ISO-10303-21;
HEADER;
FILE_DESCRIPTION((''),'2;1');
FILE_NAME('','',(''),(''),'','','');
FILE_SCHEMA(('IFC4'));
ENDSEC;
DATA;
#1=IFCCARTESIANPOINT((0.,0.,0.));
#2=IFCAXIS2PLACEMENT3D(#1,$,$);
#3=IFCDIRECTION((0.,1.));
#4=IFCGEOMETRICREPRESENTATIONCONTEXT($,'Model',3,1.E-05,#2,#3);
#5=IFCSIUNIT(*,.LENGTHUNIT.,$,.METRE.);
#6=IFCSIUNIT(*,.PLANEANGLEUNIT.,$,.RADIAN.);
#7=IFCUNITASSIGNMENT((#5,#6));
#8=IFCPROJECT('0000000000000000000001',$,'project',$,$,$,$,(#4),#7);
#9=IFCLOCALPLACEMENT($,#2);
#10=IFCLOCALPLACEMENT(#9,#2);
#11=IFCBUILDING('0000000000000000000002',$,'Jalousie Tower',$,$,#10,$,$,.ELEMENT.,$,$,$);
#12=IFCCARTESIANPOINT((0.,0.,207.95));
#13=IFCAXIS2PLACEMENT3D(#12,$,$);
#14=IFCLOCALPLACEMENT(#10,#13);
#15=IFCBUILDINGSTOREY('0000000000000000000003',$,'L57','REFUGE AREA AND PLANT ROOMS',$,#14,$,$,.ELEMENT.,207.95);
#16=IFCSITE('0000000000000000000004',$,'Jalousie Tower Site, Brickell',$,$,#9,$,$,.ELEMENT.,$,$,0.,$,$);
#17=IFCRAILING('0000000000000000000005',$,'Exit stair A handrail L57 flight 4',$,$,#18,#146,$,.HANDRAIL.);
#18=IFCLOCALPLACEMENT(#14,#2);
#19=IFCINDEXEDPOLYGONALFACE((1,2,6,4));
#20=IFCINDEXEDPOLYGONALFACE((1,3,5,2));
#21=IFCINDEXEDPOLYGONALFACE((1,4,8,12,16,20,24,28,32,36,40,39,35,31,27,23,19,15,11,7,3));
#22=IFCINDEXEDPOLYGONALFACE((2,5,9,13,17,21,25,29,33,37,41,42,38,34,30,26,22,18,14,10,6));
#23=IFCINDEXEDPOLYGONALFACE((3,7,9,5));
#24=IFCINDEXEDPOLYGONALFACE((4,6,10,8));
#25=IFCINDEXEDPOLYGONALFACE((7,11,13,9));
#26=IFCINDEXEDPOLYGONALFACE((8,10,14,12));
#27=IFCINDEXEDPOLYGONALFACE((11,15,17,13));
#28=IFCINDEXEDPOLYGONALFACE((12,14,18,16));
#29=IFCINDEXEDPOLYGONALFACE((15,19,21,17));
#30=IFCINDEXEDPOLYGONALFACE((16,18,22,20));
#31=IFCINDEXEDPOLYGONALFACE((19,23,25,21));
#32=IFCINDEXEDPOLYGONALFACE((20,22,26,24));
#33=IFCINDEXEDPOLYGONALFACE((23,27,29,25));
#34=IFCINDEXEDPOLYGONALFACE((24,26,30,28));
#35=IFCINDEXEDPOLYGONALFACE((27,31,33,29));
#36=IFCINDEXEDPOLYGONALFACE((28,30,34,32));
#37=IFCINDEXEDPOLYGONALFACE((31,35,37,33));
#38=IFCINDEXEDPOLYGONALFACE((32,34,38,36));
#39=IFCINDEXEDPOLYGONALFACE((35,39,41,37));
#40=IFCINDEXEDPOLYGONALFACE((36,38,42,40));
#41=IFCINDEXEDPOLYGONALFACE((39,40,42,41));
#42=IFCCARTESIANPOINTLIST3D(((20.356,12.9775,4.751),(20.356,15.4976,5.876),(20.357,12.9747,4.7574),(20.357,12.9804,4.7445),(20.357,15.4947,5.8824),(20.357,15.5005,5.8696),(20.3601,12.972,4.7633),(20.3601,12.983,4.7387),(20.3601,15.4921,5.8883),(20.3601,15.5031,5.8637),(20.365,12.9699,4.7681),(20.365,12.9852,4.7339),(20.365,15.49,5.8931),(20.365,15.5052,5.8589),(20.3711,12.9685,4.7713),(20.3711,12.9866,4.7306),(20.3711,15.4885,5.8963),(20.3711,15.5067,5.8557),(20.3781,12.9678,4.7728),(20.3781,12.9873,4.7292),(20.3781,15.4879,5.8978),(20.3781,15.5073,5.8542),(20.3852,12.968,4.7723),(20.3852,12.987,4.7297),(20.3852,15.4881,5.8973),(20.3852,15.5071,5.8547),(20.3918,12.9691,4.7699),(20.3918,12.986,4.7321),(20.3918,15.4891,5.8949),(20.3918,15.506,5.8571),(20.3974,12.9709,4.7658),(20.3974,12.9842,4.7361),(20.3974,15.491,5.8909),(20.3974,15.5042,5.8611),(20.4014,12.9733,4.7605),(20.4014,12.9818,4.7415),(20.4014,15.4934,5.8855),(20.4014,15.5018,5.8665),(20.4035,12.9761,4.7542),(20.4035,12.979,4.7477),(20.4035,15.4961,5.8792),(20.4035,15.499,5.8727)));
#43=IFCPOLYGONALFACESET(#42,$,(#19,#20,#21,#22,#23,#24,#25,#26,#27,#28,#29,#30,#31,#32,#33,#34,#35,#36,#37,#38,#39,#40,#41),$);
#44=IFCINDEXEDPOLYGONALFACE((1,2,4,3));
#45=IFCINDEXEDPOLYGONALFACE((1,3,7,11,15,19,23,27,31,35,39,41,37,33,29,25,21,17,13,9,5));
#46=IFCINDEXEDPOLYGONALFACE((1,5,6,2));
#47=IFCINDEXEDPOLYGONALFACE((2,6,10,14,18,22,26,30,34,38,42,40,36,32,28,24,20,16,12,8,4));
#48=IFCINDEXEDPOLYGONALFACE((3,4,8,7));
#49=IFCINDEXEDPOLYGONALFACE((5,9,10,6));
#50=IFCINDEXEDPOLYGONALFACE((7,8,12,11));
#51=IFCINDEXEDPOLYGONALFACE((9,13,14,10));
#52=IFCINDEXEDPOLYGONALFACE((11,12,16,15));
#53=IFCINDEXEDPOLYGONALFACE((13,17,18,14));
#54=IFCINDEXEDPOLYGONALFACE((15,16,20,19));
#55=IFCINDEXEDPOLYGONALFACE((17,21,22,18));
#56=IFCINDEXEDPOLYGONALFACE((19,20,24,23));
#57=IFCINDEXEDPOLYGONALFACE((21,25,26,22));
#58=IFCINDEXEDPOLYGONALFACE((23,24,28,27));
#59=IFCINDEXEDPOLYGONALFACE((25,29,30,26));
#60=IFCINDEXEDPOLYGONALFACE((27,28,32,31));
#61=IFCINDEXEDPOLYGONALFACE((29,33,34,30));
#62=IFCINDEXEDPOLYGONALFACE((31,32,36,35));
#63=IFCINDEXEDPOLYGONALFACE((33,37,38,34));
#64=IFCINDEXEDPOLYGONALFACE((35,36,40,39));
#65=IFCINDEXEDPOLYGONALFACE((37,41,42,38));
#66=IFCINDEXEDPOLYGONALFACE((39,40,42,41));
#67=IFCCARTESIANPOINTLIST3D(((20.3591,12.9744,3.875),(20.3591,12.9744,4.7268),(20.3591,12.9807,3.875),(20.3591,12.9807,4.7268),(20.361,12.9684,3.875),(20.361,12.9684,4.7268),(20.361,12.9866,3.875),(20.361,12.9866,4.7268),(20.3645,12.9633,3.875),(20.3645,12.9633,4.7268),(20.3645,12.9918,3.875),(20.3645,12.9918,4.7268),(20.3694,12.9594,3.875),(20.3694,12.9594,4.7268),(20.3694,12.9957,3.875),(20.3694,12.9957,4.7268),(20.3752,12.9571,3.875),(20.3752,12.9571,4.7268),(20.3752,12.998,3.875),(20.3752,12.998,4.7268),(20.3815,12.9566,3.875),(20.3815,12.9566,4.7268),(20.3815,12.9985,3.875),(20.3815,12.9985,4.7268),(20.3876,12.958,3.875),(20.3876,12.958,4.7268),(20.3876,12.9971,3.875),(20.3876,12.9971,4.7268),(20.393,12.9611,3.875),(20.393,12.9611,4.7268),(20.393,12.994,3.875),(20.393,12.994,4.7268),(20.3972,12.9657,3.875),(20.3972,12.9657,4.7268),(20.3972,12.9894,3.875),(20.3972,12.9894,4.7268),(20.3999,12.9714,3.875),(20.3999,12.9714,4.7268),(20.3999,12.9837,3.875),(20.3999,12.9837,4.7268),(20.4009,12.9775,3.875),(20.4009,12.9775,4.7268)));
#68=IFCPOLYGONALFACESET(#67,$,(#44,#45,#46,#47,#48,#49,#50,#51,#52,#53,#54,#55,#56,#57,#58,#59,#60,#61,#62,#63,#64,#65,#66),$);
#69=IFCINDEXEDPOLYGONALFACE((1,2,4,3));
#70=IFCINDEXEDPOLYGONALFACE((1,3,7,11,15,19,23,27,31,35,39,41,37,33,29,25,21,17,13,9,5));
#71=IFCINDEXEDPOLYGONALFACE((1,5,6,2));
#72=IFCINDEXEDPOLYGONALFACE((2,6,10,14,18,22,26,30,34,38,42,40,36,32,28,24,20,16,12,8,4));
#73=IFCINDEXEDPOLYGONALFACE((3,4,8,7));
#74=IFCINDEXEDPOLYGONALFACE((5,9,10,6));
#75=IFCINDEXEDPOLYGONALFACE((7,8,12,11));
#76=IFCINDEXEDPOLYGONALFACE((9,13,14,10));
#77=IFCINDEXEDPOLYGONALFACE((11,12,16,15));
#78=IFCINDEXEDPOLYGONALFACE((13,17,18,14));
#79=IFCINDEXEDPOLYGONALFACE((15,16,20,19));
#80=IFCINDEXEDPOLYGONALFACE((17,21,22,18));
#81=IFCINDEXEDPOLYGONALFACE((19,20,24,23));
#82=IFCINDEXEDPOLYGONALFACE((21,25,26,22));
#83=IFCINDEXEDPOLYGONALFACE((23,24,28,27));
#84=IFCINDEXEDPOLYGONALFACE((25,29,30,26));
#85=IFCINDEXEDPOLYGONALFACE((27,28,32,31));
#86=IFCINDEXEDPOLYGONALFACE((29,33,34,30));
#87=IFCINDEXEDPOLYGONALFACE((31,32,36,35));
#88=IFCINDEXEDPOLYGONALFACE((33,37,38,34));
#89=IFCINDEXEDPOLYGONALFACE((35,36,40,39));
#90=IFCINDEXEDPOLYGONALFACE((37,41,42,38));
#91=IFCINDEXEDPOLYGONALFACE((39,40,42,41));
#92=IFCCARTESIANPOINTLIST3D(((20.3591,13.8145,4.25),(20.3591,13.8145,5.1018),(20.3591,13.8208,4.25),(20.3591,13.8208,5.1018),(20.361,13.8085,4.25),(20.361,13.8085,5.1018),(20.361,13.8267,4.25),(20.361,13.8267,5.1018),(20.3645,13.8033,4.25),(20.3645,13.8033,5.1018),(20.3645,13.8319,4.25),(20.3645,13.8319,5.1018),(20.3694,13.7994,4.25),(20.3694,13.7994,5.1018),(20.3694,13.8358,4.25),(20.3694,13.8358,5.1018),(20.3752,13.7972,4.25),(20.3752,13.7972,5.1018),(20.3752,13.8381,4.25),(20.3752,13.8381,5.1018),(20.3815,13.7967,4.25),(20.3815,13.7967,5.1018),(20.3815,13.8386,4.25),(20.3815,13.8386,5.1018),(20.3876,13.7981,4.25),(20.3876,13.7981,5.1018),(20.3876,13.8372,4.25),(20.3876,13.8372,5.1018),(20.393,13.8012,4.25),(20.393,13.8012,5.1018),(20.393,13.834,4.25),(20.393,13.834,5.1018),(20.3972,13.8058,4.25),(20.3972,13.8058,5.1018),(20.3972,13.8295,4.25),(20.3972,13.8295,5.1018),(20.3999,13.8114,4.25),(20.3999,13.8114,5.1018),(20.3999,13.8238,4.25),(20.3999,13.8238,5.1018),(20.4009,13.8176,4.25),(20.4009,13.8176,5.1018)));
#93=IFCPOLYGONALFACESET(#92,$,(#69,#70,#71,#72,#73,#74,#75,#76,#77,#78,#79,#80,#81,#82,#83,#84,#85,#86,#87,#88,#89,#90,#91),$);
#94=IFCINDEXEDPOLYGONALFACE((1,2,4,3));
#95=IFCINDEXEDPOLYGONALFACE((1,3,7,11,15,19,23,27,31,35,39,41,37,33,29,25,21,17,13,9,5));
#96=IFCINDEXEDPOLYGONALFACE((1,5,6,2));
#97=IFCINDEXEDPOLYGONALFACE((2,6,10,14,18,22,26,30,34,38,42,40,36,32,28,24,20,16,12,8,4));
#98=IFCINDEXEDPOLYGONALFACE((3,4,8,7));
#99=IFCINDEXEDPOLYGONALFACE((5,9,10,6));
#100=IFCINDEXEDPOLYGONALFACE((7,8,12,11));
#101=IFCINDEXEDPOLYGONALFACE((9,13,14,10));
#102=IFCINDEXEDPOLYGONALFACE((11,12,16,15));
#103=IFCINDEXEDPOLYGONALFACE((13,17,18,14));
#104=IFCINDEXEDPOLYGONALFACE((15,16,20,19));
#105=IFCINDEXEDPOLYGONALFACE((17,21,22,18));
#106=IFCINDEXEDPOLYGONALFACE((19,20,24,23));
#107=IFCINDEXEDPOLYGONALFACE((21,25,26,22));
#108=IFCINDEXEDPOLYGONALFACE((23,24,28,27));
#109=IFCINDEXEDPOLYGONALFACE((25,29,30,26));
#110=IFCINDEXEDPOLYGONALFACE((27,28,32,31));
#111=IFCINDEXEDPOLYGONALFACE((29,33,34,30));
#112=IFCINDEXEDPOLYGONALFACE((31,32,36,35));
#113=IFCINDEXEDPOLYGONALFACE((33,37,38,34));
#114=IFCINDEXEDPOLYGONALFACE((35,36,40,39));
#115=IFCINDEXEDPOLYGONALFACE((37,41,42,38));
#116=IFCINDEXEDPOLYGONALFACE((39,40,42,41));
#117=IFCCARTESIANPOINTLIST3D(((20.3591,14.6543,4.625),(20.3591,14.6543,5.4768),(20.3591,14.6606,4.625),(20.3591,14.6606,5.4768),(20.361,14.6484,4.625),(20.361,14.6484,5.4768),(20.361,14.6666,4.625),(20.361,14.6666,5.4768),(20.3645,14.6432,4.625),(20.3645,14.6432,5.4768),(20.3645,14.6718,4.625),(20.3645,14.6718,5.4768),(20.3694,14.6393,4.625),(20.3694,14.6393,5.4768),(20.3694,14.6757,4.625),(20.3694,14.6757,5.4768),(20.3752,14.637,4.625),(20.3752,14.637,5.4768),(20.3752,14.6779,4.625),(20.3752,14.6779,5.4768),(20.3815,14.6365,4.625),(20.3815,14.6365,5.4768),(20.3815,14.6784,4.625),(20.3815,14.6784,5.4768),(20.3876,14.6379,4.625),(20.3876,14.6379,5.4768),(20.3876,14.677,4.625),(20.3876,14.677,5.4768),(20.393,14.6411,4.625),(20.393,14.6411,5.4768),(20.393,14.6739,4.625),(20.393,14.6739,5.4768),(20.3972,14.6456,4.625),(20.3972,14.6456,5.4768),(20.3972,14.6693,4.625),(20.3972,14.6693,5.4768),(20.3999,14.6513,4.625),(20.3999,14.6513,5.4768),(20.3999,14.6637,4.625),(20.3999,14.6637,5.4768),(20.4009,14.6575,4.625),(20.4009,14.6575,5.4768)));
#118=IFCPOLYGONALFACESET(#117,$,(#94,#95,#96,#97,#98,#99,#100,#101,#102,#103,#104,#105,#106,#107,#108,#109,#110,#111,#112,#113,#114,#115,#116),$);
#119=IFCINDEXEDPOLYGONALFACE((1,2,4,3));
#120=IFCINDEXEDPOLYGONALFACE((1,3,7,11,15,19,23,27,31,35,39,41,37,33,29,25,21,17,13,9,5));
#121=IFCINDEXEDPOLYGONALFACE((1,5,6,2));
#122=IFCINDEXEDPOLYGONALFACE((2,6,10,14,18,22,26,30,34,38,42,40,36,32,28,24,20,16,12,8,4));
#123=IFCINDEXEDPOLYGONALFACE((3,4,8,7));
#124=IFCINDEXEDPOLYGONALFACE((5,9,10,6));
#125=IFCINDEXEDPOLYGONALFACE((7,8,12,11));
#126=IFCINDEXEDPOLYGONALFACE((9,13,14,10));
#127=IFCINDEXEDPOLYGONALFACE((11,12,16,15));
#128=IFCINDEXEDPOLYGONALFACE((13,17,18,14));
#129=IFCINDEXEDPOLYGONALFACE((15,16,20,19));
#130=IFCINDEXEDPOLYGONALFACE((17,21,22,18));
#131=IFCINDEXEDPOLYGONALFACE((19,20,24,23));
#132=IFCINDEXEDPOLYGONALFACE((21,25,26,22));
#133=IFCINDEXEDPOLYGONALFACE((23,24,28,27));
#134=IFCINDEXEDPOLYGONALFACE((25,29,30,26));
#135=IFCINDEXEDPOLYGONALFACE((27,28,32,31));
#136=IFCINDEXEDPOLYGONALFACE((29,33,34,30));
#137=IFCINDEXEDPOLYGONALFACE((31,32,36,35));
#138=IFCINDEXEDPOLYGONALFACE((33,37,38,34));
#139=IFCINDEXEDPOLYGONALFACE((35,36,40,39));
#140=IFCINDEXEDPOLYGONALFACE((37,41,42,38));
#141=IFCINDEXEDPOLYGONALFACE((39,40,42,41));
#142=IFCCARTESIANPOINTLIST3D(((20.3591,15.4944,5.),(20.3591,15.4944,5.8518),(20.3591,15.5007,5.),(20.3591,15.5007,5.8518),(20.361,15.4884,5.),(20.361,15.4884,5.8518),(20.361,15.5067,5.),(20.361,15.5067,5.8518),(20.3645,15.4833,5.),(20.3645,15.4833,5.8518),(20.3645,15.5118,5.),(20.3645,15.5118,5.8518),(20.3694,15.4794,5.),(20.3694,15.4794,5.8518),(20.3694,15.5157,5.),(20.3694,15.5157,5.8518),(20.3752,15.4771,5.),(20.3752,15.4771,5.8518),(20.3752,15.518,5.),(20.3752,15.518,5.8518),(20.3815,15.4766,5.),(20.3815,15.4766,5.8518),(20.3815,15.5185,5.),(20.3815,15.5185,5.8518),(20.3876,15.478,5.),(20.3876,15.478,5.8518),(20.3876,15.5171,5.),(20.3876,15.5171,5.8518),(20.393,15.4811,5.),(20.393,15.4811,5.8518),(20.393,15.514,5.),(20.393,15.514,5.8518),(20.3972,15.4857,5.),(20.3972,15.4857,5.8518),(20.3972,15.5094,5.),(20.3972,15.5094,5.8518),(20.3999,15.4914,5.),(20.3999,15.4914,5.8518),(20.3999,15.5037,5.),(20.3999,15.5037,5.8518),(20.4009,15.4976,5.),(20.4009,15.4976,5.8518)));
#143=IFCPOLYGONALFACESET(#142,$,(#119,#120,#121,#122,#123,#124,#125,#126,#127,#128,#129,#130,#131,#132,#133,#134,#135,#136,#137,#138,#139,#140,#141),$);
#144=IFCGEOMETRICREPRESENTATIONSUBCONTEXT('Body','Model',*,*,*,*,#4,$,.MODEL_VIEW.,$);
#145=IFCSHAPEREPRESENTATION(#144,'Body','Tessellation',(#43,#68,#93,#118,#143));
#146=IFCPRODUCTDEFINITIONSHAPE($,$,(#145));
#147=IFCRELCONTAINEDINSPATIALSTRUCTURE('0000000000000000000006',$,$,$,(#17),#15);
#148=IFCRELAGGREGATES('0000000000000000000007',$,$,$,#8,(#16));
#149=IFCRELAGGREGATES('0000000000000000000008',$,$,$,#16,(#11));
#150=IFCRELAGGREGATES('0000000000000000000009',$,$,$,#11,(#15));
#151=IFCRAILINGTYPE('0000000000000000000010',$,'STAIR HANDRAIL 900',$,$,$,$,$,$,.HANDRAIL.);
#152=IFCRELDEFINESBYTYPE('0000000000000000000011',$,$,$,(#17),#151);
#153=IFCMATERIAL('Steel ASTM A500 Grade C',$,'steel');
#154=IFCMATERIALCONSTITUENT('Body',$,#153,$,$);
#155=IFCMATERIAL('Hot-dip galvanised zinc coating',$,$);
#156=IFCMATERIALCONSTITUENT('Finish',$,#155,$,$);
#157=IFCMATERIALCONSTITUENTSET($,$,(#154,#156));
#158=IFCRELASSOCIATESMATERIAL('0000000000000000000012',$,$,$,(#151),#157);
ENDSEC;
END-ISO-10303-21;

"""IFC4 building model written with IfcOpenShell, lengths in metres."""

from ifc_helpers import new_model, si_unit, direction, frame, origin, origin_2d, place, context, subcontext, project, spatial, circle, extrude, material, constituent, constituent_set, type_object, element, save


model = new_model("IFC4")

# Units and contexts
model_context = context("Model", 3, precision=1e-05, world=origin(), true_north=direction((0.0, 1.0)))
body_context = subcontext(model_context, "Body", "Model", "MODEL_VIEW")
ifc_project = project(units=[si_unit("LENGTHUNIT", "METRE"), si_unit("PLANEANGLEUNIT", "RADIAN")], contexts=[model_context])

# Site, building, storey
site_placement = place(None, origin())
site = spatial("IfcSite", under=ifc_project, at=site_placement, Name="Jalousie Tower Site, Brickell", CompositionType="ELEMENT", RefElevation=0.0)
building_placement = place(site_placement, origin())
building = spatial("IfcBuilding", under=site, at=building_placement, Name="Jalousie Tower", CompositionType="ELEMENT")
storey_placement = place(building_placement, frame((0.0, 0.0, 207.95)))
storey = spatial("IfcBuildingStorey", under=building, at=storey_placement, Name="L57", Description="REFUGE AREA AND PLANT ROOMS", CompositionType="ELEMENT", Elevation=207.95)

# Railing
ifc_material_1 = material(Name="Steel ASTM A500 Grade C", Category="steel")
ifc_constituent_1 = constituent(ifc_material_1, Name="Body")
ifc_material_2 = material(Name="Hot-dip galvanised zinc coating")
ifc_constituent_2 = constituent(ifc_material_2, Name="Finish")
ifc_constituent_set_1 = constituent_set(constituents=[ifc_constituent_1, ifc_constituent_2])
railing_type_1 = type_object("IfcRailingType", Name="STAIR HANDRAIL 900", PredefinedType="HANDRAIL", material=ifc_constituent_set_1)
for number, where, name in (
    (1, (20.3799, 12.9775, 3.875), "Exit stair A handrail L57 flight 4"),
):
    element("IfcRailing", number, at=place(storey_placement, frame(where)), inside=storey, type_object=railing_type_1, Name=name, PredefinedType="HANDRAIL", context=body_context, shape_type="SweptSolid", body=[
        extrude(circle(Radius=0.0239, at=origin_2d()), frame((0.0, 0.0, 0.876), z_axis=(0.0, 0.913139, 0.407648), x_axis=(-1.0, 0.0, 0.0)), (0.0, 0.0, 1.0), 2.7598),
        extrude(circle(Radius=0.021, at=origin_2d()), origin(), (0.0, 0.0, 1.0), 0.8518),
        extrude(circle(Radius=0.021, at=origin_2d()), frame((0.0, 0.8401, 0.375)), (0.0, 0.0, 1.0), 0.8518),
        extrude(circle(Radius=0.021, at=origin_2d()), frame((0.0, 1.6799, 0.75)), (0.0, 0.0, 1.0), 0.8518),
        extrude(circle(Radius=0.021, at=origin_2d()), frame((0.0, 2.52, 1.125)), (0.0, 0.0, 1.0), 0.8518),
    ])

save(model, "model.ifc")
